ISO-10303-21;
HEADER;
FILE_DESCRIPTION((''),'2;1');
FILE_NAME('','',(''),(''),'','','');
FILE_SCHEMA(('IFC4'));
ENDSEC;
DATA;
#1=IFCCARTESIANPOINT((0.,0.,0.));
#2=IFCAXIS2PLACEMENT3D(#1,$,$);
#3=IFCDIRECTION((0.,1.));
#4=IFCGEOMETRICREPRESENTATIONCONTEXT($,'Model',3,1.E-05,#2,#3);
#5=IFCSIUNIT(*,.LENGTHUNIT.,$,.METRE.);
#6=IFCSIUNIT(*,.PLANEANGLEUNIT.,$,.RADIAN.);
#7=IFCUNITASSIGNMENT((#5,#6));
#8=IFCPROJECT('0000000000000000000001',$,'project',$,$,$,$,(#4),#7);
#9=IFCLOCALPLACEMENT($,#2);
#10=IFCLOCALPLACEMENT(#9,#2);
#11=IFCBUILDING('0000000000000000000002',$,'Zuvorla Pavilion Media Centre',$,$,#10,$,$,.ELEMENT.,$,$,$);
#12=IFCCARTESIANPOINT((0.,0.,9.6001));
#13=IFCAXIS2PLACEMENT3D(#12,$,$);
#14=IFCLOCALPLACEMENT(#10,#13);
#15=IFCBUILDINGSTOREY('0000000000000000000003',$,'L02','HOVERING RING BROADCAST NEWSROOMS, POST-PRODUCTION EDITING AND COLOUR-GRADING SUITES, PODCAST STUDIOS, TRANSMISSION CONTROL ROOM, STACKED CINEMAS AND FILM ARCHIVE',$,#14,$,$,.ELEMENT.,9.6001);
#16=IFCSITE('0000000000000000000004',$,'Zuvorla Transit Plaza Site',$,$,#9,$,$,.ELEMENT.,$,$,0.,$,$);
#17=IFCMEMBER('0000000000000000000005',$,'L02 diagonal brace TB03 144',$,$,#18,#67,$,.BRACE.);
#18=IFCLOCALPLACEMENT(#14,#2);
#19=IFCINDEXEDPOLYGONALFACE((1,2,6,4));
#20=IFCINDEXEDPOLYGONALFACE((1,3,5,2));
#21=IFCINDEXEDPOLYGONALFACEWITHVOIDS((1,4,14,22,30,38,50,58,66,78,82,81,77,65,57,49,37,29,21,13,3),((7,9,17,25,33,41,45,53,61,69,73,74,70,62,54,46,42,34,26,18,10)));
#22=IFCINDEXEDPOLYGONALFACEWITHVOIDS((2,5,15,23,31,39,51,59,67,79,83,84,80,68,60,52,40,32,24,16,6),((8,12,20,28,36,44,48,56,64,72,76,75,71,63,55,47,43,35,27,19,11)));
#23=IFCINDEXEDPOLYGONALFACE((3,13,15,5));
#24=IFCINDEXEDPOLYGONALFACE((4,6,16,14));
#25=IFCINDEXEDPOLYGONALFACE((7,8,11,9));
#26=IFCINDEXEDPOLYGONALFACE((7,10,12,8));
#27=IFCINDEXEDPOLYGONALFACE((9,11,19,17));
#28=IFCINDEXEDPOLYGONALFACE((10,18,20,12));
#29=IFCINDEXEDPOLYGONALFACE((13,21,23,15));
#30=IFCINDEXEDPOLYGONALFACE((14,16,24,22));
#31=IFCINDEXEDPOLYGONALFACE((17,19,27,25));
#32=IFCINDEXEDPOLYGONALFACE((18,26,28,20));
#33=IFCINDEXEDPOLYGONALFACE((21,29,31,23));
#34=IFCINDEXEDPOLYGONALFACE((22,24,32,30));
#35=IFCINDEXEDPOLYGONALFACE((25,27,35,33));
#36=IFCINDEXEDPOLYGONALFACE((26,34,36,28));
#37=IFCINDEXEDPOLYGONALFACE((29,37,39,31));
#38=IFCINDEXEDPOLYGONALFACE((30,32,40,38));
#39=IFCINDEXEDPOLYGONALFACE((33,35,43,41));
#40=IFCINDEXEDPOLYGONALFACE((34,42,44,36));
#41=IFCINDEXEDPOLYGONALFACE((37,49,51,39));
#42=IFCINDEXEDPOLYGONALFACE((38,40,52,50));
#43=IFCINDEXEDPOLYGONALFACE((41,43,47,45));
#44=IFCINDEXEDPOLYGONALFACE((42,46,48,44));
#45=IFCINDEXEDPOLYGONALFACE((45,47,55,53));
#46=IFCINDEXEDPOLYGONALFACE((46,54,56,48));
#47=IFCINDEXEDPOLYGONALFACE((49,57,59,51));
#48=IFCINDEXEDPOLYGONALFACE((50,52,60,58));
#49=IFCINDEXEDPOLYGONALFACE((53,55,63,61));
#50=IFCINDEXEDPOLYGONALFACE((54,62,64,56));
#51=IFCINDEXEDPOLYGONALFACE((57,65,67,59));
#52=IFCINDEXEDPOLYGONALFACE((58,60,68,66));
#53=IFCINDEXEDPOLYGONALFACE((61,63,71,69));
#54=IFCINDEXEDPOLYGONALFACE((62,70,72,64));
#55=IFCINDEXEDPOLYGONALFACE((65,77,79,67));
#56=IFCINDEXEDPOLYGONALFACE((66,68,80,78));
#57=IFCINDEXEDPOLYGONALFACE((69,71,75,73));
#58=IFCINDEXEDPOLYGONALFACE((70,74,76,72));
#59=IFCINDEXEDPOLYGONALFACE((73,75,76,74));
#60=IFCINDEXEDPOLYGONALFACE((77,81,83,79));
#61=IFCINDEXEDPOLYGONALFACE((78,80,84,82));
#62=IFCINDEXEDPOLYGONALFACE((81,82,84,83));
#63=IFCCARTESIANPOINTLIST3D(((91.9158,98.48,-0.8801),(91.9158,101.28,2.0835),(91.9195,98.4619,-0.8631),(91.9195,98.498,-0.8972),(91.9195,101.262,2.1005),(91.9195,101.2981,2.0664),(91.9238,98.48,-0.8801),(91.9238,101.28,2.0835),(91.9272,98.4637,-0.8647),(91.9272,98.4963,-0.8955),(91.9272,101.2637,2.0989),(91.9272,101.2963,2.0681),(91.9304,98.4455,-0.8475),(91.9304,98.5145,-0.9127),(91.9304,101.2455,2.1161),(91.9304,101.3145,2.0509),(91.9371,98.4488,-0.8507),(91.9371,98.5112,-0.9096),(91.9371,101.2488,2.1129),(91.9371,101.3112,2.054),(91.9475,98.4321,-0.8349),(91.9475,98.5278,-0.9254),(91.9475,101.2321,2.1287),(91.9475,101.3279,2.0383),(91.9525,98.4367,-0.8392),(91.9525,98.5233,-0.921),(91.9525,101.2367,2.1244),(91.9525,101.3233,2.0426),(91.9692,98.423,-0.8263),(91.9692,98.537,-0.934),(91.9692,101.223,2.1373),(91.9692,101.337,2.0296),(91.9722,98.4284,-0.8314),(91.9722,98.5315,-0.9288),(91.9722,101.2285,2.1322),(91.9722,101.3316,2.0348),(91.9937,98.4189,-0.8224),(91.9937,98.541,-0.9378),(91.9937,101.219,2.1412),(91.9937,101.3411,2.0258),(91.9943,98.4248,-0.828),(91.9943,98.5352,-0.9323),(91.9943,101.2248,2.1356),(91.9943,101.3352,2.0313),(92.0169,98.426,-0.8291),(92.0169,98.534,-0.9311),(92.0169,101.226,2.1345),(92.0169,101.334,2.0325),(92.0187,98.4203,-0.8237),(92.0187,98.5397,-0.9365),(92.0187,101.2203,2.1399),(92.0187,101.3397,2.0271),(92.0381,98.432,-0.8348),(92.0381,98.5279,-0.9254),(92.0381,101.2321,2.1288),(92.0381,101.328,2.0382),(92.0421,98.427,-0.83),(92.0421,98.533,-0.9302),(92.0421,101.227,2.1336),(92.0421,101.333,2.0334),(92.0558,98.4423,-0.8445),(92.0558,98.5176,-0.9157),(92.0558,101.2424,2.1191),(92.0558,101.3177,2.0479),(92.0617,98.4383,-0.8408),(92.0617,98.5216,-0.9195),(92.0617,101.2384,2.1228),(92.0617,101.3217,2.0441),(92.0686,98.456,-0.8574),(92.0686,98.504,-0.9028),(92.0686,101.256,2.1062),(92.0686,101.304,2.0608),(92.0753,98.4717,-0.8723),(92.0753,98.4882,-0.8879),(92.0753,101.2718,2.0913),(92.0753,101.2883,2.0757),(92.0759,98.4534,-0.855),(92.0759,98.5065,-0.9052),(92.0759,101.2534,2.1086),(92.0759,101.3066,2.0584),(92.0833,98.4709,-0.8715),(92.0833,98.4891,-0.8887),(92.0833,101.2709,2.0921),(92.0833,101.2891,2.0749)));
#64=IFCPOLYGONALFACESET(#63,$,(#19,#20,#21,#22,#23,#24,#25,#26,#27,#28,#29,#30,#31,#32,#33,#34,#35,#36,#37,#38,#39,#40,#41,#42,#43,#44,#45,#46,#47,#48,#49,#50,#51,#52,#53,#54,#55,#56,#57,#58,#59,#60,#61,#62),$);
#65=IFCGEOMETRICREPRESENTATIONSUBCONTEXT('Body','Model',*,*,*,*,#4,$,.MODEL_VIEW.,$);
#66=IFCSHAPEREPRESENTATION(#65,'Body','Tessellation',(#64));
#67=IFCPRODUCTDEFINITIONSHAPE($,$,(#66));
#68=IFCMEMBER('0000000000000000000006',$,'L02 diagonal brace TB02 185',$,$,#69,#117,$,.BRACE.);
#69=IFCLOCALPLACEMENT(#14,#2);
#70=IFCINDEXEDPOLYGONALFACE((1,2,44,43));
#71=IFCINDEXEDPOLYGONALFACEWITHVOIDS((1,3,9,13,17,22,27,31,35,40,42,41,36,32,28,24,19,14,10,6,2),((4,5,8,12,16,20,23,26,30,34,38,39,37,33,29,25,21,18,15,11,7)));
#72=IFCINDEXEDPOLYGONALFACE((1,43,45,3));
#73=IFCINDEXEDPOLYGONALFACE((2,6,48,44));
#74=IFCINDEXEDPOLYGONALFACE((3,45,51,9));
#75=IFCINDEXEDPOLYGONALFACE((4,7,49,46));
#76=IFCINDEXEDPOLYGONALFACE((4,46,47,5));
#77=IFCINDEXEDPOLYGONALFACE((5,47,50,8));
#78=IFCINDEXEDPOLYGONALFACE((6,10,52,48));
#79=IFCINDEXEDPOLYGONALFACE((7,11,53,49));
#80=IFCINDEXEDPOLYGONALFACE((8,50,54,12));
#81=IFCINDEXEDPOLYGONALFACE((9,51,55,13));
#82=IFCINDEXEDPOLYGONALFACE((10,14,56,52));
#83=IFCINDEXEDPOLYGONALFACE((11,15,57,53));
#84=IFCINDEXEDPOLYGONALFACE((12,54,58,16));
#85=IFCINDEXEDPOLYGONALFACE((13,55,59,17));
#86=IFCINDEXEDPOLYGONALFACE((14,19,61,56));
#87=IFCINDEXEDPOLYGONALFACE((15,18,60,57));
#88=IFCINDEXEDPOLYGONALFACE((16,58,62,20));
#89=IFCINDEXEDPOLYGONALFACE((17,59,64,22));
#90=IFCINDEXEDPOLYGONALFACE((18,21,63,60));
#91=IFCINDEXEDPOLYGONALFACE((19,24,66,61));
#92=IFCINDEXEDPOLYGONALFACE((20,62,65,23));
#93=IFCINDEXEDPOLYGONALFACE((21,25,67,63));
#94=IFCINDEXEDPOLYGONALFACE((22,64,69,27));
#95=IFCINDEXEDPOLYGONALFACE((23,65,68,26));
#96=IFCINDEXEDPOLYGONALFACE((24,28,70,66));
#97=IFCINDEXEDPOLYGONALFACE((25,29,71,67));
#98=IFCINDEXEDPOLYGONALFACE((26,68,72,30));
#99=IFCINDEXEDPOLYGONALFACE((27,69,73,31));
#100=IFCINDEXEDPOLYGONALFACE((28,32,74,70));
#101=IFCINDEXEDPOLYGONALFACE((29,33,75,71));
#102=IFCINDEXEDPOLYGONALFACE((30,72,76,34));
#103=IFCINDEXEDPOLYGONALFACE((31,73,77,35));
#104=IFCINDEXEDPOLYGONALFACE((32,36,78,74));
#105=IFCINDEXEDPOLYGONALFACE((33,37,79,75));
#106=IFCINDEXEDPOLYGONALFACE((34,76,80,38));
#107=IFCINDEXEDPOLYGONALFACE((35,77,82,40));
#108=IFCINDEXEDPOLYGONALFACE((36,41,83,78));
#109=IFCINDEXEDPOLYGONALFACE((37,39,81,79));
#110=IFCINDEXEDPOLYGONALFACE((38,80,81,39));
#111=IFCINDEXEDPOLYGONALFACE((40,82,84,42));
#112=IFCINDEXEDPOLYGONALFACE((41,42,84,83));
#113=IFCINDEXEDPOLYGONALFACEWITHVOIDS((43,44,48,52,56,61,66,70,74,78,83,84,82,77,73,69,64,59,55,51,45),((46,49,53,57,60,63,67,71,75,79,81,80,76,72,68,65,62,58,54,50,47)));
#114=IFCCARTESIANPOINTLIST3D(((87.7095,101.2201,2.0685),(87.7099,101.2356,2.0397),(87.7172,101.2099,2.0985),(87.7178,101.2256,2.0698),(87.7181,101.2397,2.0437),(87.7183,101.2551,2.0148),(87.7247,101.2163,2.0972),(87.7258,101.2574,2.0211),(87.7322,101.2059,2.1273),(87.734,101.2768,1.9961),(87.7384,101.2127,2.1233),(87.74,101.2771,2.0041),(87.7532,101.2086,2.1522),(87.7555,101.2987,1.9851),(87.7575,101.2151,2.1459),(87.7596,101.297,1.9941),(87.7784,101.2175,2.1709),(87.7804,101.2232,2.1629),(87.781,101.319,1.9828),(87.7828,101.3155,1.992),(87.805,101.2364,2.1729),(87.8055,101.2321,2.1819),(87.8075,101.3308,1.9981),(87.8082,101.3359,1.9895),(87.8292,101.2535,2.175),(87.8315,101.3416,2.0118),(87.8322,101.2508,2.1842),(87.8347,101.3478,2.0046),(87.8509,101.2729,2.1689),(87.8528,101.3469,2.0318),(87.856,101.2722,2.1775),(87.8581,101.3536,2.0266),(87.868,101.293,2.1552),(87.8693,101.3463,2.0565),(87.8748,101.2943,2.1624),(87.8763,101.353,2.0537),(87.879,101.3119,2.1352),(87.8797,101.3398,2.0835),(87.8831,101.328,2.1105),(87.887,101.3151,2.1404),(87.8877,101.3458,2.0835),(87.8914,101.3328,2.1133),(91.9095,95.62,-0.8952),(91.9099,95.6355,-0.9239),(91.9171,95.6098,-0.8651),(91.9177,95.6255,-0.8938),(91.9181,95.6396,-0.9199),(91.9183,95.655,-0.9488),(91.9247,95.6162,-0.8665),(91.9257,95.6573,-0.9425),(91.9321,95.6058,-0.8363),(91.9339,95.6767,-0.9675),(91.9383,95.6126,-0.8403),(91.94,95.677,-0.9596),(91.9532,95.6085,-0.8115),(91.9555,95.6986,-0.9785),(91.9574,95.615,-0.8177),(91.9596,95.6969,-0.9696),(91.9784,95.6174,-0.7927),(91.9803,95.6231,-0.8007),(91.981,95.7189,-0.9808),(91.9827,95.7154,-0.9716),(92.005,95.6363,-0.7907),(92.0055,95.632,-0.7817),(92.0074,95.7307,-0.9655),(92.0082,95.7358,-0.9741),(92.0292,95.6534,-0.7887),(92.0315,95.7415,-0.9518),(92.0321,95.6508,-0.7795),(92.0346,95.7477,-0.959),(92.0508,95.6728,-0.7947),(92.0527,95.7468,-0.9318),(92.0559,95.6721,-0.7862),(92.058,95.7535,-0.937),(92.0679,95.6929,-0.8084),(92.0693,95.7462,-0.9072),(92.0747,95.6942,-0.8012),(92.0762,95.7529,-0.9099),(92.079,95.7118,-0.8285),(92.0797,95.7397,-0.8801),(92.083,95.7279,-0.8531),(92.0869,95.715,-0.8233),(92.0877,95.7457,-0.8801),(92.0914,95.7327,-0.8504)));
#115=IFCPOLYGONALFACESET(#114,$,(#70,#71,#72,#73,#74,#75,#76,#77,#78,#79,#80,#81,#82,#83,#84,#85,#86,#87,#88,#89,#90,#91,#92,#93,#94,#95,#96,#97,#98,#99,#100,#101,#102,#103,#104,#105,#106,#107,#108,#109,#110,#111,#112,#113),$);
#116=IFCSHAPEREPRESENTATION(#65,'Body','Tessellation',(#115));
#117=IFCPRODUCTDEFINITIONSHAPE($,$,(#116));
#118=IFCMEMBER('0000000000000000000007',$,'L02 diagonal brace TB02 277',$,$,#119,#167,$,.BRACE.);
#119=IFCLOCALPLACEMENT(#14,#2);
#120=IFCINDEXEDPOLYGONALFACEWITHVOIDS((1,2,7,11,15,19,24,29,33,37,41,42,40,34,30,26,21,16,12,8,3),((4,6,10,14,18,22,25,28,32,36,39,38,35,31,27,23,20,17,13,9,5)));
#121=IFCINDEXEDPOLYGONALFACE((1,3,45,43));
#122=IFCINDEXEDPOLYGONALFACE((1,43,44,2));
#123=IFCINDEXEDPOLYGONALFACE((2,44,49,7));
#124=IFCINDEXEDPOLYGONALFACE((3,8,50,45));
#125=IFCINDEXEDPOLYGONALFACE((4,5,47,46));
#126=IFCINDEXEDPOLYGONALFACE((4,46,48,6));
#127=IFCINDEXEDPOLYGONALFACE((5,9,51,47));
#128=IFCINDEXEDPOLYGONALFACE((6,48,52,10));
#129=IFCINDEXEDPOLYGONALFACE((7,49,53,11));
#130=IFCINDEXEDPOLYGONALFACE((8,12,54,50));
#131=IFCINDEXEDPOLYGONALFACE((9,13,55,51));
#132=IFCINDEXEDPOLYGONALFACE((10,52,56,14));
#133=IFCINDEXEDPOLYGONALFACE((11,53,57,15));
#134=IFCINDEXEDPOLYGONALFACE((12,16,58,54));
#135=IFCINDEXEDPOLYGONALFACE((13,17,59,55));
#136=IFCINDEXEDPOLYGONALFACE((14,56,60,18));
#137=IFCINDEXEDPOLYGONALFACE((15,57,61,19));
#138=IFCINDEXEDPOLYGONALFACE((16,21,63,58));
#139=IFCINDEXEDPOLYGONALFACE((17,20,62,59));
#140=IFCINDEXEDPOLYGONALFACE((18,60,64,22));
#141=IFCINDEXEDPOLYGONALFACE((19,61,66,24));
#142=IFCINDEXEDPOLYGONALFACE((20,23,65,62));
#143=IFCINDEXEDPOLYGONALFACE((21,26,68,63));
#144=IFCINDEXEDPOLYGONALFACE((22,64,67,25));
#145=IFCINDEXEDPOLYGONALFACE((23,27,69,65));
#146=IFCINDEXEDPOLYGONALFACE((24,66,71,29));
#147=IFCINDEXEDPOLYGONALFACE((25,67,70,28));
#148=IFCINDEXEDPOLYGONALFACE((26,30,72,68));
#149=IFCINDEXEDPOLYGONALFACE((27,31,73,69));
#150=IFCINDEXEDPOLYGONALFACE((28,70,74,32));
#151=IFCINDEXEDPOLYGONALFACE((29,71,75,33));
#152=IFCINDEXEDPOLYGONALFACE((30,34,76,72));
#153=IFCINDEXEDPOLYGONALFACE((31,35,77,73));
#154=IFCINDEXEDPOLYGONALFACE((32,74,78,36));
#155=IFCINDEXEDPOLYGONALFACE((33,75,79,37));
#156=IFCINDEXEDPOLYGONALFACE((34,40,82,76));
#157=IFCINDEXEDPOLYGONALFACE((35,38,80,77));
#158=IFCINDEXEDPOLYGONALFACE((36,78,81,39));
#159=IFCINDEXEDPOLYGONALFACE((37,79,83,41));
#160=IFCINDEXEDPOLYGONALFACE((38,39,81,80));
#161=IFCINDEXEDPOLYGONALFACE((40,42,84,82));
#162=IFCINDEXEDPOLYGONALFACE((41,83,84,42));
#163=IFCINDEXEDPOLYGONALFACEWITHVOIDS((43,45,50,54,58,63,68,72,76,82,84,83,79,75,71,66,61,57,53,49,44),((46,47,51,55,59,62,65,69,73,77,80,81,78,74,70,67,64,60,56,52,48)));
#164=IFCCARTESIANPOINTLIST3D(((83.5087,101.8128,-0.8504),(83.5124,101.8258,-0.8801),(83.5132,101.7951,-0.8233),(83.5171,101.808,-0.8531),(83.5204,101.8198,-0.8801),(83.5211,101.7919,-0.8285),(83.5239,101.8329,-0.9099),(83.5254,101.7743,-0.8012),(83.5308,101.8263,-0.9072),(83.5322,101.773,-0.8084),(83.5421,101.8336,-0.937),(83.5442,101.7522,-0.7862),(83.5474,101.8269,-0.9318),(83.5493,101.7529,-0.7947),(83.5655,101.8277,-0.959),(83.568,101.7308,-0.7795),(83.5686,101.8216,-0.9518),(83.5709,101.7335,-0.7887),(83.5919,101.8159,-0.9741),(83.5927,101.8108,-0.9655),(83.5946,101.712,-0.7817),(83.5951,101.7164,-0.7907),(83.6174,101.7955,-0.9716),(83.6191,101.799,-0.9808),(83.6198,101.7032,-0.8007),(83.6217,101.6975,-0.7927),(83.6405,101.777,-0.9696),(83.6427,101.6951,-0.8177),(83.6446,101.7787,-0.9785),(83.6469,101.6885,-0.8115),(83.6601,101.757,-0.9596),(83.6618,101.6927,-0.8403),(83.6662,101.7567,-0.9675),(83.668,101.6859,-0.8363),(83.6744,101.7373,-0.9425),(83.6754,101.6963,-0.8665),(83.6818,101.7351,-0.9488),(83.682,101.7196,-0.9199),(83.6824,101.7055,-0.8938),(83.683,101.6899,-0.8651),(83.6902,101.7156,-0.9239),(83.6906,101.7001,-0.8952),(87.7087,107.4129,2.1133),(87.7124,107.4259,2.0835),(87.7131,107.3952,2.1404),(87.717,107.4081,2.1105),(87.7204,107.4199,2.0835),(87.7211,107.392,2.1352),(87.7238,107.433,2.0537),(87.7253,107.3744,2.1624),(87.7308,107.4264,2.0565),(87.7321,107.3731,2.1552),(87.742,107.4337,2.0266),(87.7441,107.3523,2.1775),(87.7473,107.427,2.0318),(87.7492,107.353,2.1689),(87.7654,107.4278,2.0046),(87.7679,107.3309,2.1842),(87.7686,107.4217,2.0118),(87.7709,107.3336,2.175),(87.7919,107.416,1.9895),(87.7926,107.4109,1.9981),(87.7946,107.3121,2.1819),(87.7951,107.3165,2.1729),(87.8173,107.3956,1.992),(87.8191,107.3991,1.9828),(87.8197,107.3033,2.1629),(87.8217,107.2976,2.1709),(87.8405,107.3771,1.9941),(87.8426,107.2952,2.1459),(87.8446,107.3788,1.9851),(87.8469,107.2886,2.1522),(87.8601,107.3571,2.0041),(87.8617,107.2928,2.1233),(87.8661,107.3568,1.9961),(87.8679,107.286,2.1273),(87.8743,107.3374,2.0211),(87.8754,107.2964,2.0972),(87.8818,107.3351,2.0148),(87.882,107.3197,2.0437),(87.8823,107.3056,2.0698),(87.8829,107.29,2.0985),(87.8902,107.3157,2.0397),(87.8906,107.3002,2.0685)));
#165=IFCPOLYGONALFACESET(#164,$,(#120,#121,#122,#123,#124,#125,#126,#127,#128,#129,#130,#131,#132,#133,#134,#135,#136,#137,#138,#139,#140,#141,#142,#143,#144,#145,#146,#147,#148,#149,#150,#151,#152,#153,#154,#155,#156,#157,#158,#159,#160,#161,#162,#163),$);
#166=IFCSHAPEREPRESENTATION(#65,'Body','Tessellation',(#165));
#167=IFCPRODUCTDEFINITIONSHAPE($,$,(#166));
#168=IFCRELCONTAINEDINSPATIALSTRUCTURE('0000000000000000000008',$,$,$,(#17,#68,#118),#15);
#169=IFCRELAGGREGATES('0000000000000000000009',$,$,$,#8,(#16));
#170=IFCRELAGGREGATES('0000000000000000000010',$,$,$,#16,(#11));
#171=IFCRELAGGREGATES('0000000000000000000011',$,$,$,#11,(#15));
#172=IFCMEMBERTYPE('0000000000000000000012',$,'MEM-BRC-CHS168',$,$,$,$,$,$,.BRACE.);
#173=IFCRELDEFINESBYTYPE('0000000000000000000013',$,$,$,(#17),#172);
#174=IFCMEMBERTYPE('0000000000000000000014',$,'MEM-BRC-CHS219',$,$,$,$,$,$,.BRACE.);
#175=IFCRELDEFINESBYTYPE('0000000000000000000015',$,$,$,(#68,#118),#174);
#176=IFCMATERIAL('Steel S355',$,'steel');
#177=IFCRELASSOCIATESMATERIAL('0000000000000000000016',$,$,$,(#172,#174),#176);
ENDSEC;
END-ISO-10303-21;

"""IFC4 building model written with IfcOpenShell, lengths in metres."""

from ifc_helpers import new_model, si_unit, direction, frame, origin, origin_2d, place, context, subcontext, project, spatial, hollow_circle, extrude, material, material_profile, profile_set, type_object, element, save


model = new_model("IFC4")

# Units and contexts
model_context = context("Model", 3, precision=1e-05, world=origin(), true_north=direction((0.0, 1.0)))
body_context = subcontext(model_context, "Body", "Model", "MODEL_VIEW")
ifc_project = project(units=[si_unit("LENGTHUNIT", "METRE"), si_unit("PLANEANGLEUNIT", "RADIAN")], contexts=[model_context])

# Site, building, storey
site_placement = place(None, origin())
site = spatial("IfcSite", under=ifc_project, at=site_placement, Name="Zuvorla Transit Plaza Site", CompositionType="ELEMENT", RefElevation=0.0)
building_placement = place(site_placement, origin())
building = spatial("IfcBuilding", under=site, at=building_placement, Name="Zuvorla Pavilion Media Centre", CompositionType="ELEMENT")
storey_placement = place(building_placement, frame((0.0, 0.0, 9.6001)))
storey = spatial("IfcBuildingStorey", under=building, at=storey_placement, Name="L02", Description="HOVERING RING BROADCAST NEWSROOMS, POST-PRODUCTION EDITING AND COLOUR-GRADING SUITES, PODCAST STUDIOS, TRANSMISSION CONTROL ROOM, STACKED CINEMAS AND FILM ARCHIVE", CompositionType="ELEMENT", Elevation=9.6001)

# Shared definitions
ifc_material_1 = material(Name="Steel S355", Category="steel")

# Members
ifc_material_profile_1 = material_profile(ifc_material_1, hollow_circle(Radius=0.0842, WallThickness=0.0081, at=origin_2d()), Name="CHS 168.3x8")
ifc_profile_set_1 = profile_set([ifc_material_profile_1], Name="Steel S355")
member_type_1 = type_object("IfcMemberType", Name="MEM-BRC-CHS168", PredefinedType="BRACE", material=ifc_profile_set_1)
member_1_placement = place(storey_placement, frame((92.0, 98.48, -0.8801), z_axis=(0.0, 0.686762, 0.726882), x_axis=(-1.0, 0.0, 0.0)))
element("IfcMember", 1, at=member_1_placement, inside=storey, type_object=member_type_1, Name="L02 diagonal brace TB03 144", PredefinedType="BRACE", context=body_context, shape_type="SweptSolid", body=[
    extrude(hollow_circle(Radius=0.0842, WallThickness=0.0081, at=origin_2d()), origin(), (0.0, 0.0, 1.0), 4.0771),
])
ifc_material_profile_2 = material_profile(ifc_material_1, hollow_circle(Radius=0.1096, WallThickness=0.01, at=origin_2d()), Name="CHS 219.1x10")
ifc_profile_set_2 = profile_set([ifc_material_profile_2], Name="Steel S355")
member_type_2 = type_object("IfcMemberType", Name="MEM-BRC-CHS219", PredefinedType="BRACE", material=ifc_profile_set_2)
for number, where, z_axis, x_axis, name in (
    (2, (87.8, 101.28, 2.0835), (0.552512, -0.736704, -0.38987), (0.800008, 0.599989, 0.0), "L02 diagonal brace TB02 185"),
    (3, (83.6001, 101.76, -0.8801), (0.552512, 0.736704, 0.38987), (-0.800008, 0.599989, 0.0), "L02 diagonal brace TB02 277"),
):
    element("IfcMember", number, at=place(storey_placement, frame(where, z_axis=z_axis, x_axis=x_axis)), inside=storey, type_object=member_type_2, Name=name, PredefinedType="BRACE", context=body_context, shape_type="SweptSolid", body=[
        extrude(hollow_circle(Radius=0.1096, WallThickness=0.01, at=origin_2d()), origin(), (0.0, 0.0, 1.0), 7.6016),
    ])

save(model, "model.ifc")
